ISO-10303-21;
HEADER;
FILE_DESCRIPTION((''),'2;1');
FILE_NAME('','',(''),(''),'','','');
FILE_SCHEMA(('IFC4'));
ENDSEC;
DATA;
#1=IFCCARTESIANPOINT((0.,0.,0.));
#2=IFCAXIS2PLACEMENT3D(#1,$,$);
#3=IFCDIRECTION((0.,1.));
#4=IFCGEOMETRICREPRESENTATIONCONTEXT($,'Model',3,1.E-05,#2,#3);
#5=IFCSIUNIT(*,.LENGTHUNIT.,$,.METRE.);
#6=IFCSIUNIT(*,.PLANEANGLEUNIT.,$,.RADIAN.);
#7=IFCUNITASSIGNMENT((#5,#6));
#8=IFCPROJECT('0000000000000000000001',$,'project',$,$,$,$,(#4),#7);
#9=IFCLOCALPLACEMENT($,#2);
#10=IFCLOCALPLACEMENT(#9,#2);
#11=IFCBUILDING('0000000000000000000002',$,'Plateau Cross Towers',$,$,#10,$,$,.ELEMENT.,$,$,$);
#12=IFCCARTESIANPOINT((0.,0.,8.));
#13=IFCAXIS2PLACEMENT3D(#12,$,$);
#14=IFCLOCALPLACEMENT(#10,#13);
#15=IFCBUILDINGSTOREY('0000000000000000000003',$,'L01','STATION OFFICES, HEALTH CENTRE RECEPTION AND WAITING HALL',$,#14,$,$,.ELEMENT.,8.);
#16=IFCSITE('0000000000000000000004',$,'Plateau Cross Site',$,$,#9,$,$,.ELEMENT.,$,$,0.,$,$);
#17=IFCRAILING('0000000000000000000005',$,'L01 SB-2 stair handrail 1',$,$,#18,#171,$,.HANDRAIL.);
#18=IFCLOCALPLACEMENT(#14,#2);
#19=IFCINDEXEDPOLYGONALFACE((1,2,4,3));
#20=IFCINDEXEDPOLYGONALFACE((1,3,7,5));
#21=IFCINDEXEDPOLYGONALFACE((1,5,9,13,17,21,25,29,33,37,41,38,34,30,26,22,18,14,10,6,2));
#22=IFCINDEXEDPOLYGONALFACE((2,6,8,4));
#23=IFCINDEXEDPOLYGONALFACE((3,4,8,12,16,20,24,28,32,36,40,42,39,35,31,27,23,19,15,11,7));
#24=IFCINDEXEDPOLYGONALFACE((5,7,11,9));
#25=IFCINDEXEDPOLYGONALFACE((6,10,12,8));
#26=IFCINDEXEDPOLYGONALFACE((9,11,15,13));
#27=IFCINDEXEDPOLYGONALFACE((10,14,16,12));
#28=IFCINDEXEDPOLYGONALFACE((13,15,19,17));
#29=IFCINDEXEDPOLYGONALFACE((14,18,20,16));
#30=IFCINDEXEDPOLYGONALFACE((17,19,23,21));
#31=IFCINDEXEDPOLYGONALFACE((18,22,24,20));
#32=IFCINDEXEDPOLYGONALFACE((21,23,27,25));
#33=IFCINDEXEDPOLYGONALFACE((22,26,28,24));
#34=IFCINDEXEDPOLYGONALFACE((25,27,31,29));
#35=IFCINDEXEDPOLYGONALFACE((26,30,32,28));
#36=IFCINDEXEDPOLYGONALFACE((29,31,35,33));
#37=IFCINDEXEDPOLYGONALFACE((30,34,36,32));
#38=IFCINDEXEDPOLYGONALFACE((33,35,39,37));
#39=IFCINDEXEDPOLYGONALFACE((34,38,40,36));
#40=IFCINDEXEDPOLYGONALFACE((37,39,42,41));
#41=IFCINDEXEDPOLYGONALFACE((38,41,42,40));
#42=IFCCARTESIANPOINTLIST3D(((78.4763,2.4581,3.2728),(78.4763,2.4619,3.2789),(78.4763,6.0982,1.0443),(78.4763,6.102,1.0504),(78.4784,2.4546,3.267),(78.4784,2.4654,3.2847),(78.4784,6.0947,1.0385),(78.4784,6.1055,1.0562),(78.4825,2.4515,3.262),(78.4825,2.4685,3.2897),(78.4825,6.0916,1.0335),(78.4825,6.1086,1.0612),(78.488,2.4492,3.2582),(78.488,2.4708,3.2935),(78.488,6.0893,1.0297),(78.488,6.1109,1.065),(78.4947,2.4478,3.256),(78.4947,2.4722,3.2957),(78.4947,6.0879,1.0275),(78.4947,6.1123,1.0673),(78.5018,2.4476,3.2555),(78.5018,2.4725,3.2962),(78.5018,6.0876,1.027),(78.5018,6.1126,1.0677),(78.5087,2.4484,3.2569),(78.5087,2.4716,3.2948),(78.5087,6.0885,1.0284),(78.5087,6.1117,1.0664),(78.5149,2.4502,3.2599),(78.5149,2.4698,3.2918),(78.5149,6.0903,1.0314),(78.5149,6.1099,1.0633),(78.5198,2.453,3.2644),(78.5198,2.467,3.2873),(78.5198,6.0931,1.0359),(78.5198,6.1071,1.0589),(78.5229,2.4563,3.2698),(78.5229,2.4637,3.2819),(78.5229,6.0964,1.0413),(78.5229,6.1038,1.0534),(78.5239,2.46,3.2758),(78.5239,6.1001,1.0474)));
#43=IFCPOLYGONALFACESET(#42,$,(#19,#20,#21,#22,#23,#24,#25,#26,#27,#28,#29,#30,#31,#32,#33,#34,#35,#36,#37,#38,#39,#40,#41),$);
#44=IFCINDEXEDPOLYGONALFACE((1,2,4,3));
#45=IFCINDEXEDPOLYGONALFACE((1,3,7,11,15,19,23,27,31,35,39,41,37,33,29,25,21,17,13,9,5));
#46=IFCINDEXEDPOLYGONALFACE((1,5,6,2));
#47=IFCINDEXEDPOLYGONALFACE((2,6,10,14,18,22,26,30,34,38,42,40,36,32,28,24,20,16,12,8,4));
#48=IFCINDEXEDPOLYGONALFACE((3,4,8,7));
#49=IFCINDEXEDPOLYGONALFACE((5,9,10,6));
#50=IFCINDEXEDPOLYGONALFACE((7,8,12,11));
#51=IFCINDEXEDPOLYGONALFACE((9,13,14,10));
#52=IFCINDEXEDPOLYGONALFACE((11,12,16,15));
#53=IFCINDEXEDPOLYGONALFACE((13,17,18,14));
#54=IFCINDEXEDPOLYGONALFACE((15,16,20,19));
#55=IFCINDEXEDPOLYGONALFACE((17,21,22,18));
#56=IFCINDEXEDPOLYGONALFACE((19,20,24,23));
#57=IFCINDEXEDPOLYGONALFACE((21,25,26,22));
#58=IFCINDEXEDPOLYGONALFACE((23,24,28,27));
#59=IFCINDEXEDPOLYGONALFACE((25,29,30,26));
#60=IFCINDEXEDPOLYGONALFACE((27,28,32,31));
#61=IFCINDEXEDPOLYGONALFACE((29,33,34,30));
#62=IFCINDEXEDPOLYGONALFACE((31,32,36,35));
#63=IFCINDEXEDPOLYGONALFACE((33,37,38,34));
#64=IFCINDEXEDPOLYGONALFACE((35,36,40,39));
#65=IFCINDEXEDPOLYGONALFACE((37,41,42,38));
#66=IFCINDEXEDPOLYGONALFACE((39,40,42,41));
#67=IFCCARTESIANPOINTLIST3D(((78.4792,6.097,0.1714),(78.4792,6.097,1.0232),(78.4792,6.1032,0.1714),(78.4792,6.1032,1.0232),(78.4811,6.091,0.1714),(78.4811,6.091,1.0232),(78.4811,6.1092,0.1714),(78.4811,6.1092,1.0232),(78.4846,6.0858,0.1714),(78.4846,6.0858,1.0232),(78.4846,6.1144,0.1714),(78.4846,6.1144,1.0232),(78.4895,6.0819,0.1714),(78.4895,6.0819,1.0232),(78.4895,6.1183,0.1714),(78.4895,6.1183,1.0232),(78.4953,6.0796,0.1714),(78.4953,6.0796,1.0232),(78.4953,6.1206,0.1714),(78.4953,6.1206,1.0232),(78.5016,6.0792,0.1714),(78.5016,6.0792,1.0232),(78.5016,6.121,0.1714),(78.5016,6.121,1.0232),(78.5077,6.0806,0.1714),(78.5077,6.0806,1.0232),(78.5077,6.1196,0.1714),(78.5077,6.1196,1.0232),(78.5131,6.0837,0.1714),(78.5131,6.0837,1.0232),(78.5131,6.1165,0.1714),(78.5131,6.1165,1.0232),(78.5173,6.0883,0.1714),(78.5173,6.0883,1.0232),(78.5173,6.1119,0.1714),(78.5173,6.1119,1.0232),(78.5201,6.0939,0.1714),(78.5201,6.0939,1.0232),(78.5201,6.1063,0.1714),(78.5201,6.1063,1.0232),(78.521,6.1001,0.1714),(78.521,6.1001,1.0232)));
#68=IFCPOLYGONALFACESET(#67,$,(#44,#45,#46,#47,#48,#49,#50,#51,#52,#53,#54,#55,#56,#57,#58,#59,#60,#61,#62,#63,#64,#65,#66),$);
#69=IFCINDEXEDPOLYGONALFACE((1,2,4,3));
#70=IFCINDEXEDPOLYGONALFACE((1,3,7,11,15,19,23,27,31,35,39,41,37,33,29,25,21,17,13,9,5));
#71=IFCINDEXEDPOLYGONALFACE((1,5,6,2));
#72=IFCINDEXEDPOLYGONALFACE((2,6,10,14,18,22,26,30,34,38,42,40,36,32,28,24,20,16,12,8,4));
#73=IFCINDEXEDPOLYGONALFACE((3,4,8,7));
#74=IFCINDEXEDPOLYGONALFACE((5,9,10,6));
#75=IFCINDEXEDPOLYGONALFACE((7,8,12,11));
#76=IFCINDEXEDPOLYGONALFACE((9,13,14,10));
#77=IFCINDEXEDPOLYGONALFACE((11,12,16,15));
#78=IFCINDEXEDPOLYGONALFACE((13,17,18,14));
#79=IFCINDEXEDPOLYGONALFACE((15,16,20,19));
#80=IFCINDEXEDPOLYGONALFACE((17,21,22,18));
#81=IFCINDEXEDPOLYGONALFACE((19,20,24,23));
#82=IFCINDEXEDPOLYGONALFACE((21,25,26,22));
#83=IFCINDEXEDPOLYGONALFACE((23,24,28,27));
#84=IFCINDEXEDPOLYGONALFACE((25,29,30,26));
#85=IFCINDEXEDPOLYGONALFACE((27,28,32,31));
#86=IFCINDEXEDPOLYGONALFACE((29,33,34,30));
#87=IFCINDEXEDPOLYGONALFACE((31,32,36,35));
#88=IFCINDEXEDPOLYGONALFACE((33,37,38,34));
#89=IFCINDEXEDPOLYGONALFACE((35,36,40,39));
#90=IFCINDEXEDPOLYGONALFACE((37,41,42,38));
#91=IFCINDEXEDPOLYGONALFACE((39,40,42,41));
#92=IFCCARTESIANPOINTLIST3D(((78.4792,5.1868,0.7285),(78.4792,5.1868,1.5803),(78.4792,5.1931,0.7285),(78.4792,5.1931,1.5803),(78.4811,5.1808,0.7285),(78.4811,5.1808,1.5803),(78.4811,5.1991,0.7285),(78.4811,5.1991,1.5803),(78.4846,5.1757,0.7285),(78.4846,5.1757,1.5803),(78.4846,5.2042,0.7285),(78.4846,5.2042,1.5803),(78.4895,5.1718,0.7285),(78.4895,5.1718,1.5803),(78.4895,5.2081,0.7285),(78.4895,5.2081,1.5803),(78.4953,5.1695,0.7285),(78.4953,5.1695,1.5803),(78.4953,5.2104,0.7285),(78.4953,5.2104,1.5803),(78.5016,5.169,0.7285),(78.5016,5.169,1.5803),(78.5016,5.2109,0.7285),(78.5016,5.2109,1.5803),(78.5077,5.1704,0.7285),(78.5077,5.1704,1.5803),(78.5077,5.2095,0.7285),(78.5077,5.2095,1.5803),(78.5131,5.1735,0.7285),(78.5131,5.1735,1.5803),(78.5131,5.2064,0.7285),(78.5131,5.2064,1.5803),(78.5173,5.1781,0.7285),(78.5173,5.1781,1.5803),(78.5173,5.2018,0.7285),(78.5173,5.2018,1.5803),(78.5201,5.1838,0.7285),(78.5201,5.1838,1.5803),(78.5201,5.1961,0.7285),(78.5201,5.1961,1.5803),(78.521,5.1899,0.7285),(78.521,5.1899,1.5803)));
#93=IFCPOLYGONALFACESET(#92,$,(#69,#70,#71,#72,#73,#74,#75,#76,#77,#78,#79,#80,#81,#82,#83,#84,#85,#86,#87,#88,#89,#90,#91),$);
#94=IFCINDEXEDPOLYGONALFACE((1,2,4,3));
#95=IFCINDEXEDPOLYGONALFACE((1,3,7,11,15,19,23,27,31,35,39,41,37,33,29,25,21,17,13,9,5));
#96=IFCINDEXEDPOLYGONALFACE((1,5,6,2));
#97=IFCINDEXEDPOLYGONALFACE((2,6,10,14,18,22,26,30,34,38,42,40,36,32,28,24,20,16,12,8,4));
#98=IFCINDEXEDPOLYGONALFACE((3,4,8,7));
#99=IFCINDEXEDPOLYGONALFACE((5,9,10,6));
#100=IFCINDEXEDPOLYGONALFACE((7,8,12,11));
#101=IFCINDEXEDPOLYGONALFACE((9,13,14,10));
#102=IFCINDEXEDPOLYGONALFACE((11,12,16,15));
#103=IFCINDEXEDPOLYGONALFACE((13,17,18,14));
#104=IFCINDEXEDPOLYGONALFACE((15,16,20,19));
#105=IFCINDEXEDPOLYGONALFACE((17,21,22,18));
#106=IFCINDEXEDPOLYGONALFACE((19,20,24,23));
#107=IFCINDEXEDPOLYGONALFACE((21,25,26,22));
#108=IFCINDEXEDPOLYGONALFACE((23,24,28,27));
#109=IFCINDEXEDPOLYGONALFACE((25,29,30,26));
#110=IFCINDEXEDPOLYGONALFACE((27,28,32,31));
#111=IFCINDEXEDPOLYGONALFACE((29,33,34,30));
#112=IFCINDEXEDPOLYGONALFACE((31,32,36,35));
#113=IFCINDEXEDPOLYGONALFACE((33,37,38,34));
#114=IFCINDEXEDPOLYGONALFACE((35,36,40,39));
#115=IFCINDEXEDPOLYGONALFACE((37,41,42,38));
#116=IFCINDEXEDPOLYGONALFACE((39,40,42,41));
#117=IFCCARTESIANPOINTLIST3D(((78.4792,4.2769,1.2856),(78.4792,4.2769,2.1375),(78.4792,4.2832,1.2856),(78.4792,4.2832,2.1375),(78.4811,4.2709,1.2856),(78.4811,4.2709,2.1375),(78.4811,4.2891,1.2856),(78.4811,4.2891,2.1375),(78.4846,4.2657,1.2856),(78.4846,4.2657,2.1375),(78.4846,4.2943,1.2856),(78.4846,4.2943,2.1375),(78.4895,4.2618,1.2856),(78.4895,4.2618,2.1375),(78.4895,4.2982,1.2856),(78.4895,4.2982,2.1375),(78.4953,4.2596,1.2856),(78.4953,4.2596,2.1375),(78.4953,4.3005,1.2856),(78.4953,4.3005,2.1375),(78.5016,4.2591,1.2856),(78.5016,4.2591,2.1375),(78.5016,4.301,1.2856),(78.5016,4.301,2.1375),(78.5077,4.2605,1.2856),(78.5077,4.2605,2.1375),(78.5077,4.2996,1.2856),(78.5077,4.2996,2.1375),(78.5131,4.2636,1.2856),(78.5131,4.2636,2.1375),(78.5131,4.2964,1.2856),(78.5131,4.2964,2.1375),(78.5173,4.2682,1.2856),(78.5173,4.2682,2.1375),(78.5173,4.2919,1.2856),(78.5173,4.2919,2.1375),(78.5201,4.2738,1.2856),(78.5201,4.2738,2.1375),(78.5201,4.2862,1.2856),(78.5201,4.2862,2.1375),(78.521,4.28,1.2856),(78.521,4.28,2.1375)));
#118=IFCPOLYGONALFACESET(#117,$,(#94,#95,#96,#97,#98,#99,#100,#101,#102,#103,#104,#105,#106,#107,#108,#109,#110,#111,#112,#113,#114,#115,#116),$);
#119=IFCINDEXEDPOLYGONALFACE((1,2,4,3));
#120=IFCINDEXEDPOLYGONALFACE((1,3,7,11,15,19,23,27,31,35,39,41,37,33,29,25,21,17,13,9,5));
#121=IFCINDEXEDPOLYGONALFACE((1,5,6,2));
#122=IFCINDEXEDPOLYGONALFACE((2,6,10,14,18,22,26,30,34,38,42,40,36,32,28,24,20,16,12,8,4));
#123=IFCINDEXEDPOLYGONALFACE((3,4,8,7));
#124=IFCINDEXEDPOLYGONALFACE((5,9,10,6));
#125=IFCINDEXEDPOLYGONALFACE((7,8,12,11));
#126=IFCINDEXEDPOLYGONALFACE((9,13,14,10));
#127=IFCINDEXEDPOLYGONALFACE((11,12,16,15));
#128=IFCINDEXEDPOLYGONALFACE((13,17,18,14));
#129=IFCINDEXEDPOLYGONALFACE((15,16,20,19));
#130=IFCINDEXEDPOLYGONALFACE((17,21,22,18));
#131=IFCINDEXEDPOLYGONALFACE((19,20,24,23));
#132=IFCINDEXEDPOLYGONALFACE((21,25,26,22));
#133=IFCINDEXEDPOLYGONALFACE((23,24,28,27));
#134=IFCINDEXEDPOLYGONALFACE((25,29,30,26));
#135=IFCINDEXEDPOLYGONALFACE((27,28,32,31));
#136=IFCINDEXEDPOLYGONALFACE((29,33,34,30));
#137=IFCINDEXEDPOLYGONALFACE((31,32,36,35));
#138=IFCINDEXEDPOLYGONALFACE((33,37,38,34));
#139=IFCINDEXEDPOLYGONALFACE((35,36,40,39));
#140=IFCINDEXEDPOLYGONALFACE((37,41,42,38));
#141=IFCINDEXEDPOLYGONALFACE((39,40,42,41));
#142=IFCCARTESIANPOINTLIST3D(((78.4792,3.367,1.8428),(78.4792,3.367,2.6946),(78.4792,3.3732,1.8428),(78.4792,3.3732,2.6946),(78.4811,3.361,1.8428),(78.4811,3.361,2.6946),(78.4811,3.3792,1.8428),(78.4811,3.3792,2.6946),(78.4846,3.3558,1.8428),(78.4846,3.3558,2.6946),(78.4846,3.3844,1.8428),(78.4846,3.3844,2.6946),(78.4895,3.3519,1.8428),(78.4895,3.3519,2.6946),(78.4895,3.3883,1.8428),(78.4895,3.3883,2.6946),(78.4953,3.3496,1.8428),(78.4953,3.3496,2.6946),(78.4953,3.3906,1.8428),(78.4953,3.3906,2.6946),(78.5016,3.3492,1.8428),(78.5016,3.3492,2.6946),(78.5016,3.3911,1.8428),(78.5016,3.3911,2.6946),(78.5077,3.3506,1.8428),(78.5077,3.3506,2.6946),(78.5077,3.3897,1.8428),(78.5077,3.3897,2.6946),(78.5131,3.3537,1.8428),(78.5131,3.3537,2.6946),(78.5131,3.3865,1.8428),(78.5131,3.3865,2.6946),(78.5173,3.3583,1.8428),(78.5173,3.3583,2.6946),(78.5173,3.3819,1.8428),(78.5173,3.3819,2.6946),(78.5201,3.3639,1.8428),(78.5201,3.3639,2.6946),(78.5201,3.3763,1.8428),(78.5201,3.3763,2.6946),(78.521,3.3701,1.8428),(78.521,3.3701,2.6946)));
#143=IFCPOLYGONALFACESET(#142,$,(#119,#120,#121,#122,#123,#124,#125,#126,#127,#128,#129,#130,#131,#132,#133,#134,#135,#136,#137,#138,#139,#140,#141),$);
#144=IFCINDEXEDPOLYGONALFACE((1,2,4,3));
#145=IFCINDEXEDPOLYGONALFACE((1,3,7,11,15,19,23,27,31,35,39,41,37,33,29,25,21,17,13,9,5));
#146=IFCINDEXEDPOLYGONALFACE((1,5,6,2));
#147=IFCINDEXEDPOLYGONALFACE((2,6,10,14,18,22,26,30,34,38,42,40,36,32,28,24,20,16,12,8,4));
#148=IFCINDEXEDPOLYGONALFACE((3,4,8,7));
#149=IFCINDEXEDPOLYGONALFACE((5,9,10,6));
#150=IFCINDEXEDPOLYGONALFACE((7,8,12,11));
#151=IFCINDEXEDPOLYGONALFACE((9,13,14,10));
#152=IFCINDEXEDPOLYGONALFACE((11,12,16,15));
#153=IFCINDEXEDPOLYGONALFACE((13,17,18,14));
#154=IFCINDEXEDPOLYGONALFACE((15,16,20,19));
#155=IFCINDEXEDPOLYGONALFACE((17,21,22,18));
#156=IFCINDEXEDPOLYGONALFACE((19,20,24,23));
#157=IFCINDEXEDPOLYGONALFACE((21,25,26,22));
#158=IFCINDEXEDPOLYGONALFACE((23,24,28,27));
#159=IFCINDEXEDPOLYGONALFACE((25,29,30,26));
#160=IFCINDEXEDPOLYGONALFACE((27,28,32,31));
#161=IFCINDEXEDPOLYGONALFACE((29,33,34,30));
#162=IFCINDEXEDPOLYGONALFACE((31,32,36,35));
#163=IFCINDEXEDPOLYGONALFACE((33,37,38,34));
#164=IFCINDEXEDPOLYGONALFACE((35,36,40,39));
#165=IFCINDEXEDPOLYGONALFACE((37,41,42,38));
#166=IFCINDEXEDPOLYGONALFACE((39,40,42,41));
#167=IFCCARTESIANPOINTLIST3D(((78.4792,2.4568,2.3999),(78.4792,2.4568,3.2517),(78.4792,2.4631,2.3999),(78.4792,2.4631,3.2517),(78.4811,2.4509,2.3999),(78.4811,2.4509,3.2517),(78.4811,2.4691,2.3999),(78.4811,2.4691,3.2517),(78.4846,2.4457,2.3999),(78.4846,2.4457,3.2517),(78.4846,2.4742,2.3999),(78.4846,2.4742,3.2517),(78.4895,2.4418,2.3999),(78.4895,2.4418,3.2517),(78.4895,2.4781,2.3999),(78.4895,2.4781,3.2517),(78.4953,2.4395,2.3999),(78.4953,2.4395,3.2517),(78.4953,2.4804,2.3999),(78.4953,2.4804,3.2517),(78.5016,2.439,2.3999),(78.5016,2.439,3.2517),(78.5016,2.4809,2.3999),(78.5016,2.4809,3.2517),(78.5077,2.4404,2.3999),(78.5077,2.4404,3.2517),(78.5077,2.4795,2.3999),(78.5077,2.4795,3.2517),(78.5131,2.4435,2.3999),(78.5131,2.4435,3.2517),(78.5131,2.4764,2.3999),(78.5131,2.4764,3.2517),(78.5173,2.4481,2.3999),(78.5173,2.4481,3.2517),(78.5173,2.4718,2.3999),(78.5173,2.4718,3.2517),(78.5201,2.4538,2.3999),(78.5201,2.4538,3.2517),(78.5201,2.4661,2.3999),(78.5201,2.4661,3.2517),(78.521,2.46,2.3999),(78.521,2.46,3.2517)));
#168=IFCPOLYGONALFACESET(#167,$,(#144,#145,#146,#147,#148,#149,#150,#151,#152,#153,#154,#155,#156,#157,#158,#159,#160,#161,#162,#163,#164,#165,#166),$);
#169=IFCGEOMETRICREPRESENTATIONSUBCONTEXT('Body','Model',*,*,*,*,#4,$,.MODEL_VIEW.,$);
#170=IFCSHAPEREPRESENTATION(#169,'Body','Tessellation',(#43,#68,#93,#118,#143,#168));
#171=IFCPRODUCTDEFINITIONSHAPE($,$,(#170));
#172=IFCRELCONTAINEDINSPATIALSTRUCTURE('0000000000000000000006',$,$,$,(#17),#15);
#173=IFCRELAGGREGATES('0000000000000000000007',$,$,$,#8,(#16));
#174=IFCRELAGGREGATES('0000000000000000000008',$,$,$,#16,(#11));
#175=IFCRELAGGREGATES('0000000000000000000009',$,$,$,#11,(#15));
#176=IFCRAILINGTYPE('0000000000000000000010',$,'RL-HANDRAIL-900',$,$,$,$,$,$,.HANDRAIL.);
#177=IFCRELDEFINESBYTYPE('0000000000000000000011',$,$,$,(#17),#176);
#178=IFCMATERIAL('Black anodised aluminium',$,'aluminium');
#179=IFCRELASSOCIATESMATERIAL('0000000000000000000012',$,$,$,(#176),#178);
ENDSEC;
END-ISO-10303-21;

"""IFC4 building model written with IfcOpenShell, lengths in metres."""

from ifc_helpers import new_model, si_unit, direction, frame, origin, origin_2d, place, context, subcontext, project, spatial, circle, extrude, material, type_object, element, save


model = new_model("IFC4")

# Units and contexts
model_context = context("Model", 3, precision=1e-05, world=origin(), true_north=direction((0.0, 1.0)))
body_context = subcontext(model_context, "Body", "Model", "MODEL_VIEW")
ifc_project = project(units=[si_unit("LENGTHUNIT", "METRE"), si_unit("PLANEANGLEUNIT", "RADIAN")], contexts=[model_context])

# Site, building, storey
site_placement = place(None, origin())
site = spatial("IfcSite", under=ifc_project, at=site_placement, Name="Plateau Cross Site", CompositionType="ELEMENT", RefElevation=0.0)
building_placement = place(site_placement, origin())
building = spatial("IfcBuilding", under=site, at=building_placement, Name="Plateau Cross Towers", CompositionType="ELEMENT")
storey_placement = place(building_placement, frame((0.0, 0.0, 8.0)))
storey = spatial("IfcBuildingStorey", under=building, at=storey_placement, Name="L01", Description="STATION OFFICES, HEALTH CENTRE RECEPTION AND WAITING HALL", CompositionType="ELEMENT", Elevation=8.0)

# Railing
ifc_material_1 = material(Name="Black anodised aluminium", Category="aluminium")
railing_type_1 = type_object("IfcRailingType", Name="RL-HANDRAIL-900", PredefinedType="HANDRAIL", material=ifc_material_1)
railing_1_placement = place(storey_placement, frame((78.5, 6.1001, 0.1714)))
element("IfcRailing", 1, at=railing_1_placement, inside=storey, type_object=railing_type_1, Name="L01 SB-2 stair handrail 1", PredefinedType="HANDRAIL", context=body_context, shape_type="SweptSolid", body=[
    extrude(circle(Radius=0.0239, at=origin_2d()), frame((0.0, 0.0, 0.876), z_axis=(0.0, -0.852866, 0.52213), x_axis=(1.0, 0.0, 0.0)), (0.0, 0.0, 1.0), 4.2681),
    extrude(circle(Radius=0.021, at=origin_2d()), origin(), (0.0, 0.0, 1.0), 0.8518),
    extrude(circle(Radius=0.021, at=origin_2d()), frame((0.0, -0.9102, 0.5571)), (0.0, 0.0, 1.0), 0.8518),
    extrude(circle(Radius=0.021, at=origin_2d()), frame((0.0, -1.8201, 1.1143)), (0.0, 0.0, 1.0), 0.8518),
    extrude(circle(Radius=0.021, at=origin_2d()), frame((0.0, -2.73, 1.6714)), (0.0, 0.0, 1.0), 0.8518),
    extrude(circle(Radius=0.021, at=origin_2d()), frame((0.0, -3.6401, 2.2285)), (0.0, 0.0, 1.0), 0.8518),
])

save(model, "model.ifc")
